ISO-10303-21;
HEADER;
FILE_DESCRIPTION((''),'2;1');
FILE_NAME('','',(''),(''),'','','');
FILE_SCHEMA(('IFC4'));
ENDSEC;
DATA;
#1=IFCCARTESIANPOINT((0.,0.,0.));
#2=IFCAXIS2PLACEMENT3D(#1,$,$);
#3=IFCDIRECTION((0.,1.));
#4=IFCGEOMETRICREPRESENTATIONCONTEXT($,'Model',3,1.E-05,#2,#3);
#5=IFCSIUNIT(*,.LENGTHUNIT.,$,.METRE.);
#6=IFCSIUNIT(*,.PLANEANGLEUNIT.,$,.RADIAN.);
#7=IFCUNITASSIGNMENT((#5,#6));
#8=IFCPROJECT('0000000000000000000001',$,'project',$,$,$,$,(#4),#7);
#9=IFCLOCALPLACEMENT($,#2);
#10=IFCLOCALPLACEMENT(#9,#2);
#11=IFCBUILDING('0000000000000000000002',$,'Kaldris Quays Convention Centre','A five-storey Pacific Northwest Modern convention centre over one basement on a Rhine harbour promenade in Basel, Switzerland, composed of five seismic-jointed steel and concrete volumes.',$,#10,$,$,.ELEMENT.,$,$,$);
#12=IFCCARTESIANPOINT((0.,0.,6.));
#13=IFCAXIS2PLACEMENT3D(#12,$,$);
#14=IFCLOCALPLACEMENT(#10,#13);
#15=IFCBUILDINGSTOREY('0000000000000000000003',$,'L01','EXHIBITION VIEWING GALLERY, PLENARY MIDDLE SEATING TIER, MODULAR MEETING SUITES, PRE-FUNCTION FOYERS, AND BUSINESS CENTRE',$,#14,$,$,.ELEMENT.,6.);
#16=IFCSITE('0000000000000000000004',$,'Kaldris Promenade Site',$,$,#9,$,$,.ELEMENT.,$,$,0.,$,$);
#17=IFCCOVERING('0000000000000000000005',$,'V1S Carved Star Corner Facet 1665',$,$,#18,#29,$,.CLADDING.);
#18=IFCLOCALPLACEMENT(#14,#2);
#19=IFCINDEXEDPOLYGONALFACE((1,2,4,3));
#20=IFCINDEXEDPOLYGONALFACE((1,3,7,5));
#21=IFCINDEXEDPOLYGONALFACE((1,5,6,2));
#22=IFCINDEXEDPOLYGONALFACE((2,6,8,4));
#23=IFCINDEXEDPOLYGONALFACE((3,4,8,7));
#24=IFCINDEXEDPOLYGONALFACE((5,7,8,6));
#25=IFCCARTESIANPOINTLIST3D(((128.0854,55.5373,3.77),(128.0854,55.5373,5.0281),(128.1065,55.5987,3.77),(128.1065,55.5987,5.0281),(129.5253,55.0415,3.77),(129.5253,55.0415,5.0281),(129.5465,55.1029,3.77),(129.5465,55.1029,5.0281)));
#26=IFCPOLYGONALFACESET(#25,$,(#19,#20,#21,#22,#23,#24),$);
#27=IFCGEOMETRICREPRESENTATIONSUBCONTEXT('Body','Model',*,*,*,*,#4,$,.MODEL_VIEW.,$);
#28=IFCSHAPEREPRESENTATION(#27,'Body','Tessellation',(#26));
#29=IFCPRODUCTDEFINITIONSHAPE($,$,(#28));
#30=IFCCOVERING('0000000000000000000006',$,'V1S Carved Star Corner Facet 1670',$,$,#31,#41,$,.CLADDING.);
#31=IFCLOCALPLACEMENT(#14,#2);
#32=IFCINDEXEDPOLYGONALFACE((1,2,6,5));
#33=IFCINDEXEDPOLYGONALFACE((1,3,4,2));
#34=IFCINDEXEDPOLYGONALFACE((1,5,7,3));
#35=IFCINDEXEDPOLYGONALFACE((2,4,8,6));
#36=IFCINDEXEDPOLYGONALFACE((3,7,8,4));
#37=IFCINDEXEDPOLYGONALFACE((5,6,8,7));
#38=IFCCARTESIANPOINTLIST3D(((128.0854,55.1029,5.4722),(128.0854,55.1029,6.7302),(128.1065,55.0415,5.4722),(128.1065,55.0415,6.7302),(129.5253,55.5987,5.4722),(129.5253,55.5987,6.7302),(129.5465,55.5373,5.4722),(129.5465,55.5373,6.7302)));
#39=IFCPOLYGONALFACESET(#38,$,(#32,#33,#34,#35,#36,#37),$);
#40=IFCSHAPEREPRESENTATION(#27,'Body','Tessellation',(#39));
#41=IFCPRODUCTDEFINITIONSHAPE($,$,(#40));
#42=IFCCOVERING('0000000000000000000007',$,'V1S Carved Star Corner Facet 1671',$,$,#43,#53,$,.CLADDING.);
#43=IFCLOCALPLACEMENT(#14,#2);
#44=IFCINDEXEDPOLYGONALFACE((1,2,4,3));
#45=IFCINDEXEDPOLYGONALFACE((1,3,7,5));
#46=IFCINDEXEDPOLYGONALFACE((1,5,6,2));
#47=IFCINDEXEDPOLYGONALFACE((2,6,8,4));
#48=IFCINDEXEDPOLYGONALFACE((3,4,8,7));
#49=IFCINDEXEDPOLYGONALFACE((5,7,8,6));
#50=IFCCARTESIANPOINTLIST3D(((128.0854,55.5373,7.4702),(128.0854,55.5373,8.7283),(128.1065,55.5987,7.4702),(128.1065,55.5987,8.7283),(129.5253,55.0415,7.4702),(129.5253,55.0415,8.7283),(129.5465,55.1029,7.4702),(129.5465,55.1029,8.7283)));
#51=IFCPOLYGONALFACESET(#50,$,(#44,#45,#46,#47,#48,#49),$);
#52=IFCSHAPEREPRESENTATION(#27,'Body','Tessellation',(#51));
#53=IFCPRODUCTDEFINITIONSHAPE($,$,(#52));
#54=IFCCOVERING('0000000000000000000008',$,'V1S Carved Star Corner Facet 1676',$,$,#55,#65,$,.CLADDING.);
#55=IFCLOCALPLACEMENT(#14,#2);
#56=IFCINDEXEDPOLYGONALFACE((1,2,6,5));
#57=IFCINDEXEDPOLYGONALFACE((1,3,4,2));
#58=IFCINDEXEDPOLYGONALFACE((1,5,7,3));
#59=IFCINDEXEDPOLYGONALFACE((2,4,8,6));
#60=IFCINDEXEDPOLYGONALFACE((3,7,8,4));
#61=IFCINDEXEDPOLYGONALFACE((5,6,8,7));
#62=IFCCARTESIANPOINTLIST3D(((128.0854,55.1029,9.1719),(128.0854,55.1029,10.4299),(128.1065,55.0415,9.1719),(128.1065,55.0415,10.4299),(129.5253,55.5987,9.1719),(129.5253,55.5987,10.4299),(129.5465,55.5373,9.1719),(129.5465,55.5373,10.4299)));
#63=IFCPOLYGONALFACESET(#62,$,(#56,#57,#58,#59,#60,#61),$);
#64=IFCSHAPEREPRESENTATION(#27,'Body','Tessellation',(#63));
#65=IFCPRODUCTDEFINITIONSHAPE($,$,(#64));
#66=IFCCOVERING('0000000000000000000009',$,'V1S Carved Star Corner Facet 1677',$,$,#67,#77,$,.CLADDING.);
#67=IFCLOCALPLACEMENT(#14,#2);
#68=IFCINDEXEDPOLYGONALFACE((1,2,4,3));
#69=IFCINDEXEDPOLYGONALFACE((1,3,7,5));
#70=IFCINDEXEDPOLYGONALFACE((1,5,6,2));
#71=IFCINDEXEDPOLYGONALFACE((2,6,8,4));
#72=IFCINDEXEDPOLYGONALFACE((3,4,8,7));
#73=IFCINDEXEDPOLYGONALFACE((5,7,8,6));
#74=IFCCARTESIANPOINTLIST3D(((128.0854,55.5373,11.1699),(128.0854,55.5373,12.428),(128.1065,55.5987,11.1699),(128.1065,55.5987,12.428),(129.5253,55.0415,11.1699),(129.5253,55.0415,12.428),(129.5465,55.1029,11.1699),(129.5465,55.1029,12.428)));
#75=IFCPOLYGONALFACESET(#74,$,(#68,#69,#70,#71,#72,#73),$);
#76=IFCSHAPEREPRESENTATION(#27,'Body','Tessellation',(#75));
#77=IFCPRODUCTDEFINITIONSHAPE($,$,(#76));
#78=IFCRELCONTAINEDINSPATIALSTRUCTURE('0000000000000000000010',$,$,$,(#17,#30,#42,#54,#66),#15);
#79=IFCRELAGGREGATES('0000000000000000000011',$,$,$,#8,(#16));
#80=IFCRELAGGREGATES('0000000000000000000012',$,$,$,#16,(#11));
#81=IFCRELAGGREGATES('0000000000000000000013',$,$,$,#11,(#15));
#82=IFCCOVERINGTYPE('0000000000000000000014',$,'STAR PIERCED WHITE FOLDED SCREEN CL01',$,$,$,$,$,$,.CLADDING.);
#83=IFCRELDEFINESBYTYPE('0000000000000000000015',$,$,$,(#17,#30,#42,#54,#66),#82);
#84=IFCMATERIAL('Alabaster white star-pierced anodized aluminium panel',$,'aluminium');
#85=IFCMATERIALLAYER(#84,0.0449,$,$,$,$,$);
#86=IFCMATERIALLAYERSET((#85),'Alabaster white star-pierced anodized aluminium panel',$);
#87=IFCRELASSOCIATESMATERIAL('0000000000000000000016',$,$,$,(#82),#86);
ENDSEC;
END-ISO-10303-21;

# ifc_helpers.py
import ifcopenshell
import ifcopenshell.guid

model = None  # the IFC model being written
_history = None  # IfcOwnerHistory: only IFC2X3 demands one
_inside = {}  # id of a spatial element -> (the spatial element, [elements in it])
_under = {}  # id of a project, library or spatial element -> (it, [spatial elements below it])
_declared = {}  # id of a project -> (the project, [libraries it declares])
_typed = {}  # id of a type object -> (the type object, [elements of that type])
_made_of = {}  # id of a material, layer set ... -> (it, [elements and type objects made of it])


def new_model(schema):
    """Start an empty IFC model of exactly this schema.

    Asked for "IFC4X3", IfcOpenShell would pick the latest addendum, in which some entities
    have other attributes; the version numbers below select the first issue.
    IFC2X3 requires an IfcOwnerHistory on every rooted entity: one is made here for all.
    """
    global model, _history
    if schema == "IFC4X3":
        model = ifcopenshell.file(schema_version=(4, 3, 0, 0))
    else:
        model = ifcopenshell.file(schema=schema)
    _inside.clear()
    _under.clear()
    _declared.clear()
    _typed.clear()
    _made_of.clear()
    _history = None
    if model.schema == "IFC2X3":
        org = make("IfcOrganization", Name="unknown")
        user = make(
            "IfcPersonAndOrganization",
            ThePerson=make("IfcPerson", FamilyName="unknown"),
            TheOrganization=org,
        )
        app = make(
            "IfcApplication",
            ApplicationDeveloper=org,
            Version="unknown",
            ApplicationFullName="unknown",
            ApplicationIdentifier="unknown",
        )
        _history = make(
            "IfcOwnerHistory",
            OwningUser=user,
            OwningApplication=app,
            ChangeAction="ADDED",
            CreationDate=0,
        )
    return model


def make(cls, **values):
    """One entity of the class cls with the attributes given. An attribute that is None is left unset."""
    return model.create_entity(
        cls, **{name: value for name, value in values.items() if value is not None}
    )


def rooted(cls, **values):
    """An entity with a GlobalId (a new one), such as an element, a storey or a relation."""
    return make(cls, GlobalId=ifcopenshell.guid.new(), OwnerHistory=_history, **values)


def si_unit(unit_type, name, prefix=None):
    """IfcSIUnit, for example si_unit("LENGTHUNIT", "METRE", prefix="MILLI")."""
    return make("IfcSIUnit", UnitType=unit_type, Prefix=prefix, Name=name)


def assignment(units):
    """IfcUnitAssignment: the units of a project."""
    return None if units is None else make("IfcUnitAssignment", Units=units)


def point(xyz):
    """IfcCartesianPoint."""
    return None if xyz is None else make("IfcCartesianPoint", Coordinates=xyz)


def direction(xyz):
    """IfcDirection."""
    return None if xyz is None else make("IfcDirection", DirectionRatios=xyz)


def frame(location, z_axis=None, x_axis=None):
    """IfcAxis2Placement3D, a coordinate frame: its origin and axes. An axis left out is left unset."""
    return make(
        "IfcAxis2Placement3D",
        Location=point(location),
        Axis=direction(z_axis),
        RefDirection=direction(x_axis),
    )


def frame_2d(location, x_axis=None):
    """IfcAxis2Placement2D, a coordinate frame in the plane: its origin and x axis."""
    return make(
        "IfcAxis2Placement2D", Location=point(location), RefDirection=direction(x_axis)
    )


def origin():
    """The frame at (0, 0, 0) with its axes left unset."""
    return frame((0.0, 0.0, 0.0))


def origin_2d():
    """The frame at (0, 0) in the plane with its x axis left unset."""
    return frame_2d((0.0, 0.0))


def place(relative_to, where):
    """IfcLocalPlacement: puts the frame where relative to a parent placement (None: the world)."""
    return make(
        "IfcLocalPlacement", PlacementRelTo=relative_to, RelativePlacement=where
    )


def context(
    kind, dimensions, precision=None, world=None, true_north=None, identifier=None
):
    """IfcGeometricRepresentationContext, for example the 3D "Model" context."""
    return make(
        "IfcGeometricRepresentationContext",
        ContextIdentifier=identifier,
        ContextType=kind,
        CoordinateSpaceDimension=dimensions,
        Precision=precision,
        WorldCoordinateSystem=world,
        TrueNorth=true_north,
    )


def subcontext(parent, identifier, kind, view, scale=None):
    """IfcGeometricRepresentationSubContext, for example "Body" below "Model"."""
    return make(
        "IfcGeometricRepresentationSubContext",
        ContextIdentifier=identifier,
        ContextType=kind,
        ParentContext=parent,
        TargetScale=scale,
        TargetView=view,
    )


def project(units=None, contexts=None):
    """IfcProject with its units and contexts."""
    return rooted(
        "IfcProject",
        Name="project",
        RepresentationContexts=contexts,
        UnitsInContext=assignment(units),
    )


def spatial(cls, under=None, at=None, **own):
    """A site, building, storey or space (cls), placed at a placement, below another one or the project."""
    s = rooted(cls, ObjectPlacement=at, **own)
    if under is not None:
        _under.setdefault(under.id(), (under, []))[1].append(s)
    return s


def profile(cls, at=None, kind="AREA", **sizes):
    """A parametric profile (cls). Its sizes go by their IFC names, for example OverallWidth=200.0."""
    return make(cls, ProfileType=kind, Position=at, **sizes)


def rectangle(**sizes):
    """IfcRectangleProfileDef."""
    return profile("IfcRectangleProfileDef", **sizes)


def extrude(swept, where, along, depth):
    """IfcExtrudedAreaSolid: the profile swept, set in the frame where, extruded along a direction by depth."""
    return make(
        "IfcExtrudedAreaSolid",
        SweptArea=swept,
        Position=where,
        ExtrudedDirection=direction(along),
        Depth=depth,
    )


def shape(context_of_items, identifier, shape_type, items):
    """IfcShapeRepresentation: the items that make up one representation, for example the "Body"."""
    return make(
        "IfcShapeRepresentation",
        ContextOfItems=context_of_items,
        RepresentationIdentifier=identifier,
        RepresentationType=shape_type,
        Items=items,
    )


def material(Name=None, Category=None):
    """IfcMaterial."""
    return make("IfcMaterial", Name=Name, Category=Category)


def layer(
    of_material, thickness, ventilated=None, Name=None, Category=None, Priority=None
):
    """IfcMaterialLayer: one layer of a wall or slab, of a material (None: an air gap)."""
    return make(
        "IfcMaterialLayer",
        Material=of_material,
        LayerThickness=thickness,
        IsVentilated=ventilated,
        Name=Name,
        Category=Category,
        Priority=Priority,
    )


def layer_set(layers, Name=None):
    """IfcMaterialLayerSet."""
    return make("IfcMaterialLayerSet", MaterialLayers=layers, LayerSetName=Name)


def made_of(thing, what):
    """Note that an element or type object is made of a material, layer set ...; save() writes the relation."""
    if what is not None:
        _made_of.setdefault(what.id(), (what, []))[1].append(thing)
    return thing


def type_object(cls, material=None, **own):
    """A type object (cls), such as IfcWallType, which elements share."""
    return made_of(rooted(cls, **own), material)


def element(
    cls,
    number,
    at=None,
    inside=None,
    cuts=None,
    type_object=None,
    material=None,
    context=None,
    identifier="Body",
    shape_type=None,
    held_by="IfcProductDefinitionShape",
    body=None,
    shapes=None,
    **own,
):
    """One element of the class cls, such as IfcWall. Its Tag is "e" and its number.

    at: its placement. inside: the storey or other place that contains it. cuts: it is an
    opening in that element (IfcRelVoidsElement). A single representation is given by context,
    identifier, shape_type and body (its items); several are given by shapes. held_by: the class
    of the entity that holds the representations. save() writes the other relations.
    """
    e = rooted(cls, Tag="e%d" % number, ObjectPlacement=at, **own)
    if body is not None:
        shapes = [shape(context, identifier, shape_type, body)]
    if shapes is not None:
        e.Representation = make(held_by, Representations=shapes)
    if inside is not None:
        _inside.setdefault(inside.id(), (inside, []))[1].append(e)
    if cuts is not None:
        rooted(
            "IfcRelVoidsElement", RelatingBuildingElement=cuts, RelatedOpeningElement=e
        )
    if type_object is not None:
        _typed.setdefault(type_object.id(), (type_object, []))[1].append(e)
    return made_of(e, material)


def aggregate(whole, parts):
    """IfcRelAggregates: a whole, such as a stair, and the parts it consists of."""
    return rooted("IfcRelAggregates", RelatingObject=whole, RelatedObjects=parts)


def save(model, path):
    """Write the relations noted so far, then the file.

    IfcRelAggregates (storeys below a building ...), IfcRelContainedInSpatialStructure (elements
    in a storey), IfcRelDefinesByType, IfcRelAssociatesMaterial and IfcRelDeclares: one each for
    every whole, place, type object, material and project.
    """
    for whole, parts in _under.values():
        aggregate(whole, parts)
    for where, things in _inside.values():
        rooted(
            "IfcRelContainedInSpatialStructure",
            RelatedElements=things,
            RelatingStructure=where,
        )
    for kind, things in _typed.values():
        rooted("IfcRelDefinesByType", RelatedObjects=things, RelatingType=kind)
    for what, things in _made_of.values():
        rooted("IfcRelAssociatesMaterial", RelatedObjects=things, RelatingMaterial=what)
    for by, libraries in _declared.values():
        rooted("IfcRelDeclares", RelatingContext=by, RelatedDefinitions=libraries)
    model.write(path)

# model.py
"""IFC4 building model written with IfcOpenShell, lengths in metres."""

from ifc_helpers import new_model, si_unit, direction, frame, origin, origin_2d, place, context, subcontext, project, spatial, rectangle, extrude, material, layer, layer_set, type_object, element, save


model = new_model("IFC4")

# Units and contexts
model_context = context("Model", 3, precision=1e-05, world=origin(), true_north=direction((0.0, 1.0)))
body_context = subcontext(model_context, "Body", "Model", "MODEL_VIEW")
ifc_project = project(units=[si_unit("LENGTHUNIT", "METRE"), si_unit("PLANEANGLEUNIT", "RADIAN")], contexts=[model_context])

# Site, building, storey
site_placement = place(None, origin())
site = spatial("IfcSite", under=ifc_project, at=site_placement, Name="Kaldris Promenade Site", CompositionType="ELEMENT", RefElevation=0.0)
building_placement = place(site_placement, origin())
building = spatial("IfcBuilding", under=site, at=building_placement, Name="Kaldris Quays Convention Centre", Description="A five-storey Pacific Northwest Modern convention centre over one basement on a Rhine harbour promenade in Basel, Switzerland, composed of five seismic-jointed steel and concrete volumes.", CompositionType="ELEMENT")
storey_placement = place(building_placement, frame((0.0, 0.0, 6.0)))
storey = spatial("IfcBuildingStorey", under=building, at=storey_placement, Name="L01", Description="EXHIBITION VIEWING GALLERY, PLENARY MIDDLE SEATING TIER, MODULAR MEETING SUITES, PRE-FUNCTION FOYERS, AND BUSINESS CENTRE", CompositionType="ELEMENT", Elevation=6.0)

# Coverings
ifc_material_1 = material(Name="Alabaster white star-pierced anodized aluminium panel", Category="aluminium")
ifc_layer_1 = layer(ifc_material_1, 0.0449)
ifc_layer_set_1 = layer_set([ifc_layer_1], Name="Alabaster white star-pierced anodized aluminium panel")
covering_type = type_object("IfcCoveringType", Name="STAR PIERCED WHITE FOLDED SCREEN CL01", PredefinedType="CLADDING", material=ifc_layer_set_1)
for number, where, z_axis, x_axis, name in (
    (1, (128.8159, 55.3201, 3.77), (0.0, 0.0, 1.0), (0.945519, -0.325568, 0.0), "V1S Carved Star Corner Facet 1665"),
    (2, (128.8159, 55.3201, 5.4722), (0.0, 0.0, 1.0), (0.945519, 0.325568, 0.0), "V1S Carved Star Corner Facet 1670"),
    (3, (128.8159, 55.3201, 7.4702), (0.0, 0.0, 1.0), (0.945519, -0.325568, 0.0), "V1S Carved Star Corner Facet 1671"),
    (4, (128.8159, 55.3201, 9.1719), (0.0, 0.0, 1.0), (0.945519, 0.325568, 0.0), "V1S Carved Star Corner Facet 1676"),
    (5, (128.8159, 55.3201, 11.1699), (0.0, 0.0, 1.0), (0.945519, -0.325568, 0.0), "V1S Carved Star Corner Facet 1677"),
):
    element("IfcCovering", number, at=place(storey_placement, frame(where, z_axis=z_axis, x_axis=x_axis)), inside=storey, type_object=covering_type, Name=name, PredefinedType="CLADDING", context=body_context, shape_type="SweptSolid", body=[
        extrude(rectangle(XDim=1.5229, YDim=0.0649, at=origin_2d()), origin(), (0.0, 0.0, 1.0), 1.2581),
    ])

save(model, "model.ifc")
